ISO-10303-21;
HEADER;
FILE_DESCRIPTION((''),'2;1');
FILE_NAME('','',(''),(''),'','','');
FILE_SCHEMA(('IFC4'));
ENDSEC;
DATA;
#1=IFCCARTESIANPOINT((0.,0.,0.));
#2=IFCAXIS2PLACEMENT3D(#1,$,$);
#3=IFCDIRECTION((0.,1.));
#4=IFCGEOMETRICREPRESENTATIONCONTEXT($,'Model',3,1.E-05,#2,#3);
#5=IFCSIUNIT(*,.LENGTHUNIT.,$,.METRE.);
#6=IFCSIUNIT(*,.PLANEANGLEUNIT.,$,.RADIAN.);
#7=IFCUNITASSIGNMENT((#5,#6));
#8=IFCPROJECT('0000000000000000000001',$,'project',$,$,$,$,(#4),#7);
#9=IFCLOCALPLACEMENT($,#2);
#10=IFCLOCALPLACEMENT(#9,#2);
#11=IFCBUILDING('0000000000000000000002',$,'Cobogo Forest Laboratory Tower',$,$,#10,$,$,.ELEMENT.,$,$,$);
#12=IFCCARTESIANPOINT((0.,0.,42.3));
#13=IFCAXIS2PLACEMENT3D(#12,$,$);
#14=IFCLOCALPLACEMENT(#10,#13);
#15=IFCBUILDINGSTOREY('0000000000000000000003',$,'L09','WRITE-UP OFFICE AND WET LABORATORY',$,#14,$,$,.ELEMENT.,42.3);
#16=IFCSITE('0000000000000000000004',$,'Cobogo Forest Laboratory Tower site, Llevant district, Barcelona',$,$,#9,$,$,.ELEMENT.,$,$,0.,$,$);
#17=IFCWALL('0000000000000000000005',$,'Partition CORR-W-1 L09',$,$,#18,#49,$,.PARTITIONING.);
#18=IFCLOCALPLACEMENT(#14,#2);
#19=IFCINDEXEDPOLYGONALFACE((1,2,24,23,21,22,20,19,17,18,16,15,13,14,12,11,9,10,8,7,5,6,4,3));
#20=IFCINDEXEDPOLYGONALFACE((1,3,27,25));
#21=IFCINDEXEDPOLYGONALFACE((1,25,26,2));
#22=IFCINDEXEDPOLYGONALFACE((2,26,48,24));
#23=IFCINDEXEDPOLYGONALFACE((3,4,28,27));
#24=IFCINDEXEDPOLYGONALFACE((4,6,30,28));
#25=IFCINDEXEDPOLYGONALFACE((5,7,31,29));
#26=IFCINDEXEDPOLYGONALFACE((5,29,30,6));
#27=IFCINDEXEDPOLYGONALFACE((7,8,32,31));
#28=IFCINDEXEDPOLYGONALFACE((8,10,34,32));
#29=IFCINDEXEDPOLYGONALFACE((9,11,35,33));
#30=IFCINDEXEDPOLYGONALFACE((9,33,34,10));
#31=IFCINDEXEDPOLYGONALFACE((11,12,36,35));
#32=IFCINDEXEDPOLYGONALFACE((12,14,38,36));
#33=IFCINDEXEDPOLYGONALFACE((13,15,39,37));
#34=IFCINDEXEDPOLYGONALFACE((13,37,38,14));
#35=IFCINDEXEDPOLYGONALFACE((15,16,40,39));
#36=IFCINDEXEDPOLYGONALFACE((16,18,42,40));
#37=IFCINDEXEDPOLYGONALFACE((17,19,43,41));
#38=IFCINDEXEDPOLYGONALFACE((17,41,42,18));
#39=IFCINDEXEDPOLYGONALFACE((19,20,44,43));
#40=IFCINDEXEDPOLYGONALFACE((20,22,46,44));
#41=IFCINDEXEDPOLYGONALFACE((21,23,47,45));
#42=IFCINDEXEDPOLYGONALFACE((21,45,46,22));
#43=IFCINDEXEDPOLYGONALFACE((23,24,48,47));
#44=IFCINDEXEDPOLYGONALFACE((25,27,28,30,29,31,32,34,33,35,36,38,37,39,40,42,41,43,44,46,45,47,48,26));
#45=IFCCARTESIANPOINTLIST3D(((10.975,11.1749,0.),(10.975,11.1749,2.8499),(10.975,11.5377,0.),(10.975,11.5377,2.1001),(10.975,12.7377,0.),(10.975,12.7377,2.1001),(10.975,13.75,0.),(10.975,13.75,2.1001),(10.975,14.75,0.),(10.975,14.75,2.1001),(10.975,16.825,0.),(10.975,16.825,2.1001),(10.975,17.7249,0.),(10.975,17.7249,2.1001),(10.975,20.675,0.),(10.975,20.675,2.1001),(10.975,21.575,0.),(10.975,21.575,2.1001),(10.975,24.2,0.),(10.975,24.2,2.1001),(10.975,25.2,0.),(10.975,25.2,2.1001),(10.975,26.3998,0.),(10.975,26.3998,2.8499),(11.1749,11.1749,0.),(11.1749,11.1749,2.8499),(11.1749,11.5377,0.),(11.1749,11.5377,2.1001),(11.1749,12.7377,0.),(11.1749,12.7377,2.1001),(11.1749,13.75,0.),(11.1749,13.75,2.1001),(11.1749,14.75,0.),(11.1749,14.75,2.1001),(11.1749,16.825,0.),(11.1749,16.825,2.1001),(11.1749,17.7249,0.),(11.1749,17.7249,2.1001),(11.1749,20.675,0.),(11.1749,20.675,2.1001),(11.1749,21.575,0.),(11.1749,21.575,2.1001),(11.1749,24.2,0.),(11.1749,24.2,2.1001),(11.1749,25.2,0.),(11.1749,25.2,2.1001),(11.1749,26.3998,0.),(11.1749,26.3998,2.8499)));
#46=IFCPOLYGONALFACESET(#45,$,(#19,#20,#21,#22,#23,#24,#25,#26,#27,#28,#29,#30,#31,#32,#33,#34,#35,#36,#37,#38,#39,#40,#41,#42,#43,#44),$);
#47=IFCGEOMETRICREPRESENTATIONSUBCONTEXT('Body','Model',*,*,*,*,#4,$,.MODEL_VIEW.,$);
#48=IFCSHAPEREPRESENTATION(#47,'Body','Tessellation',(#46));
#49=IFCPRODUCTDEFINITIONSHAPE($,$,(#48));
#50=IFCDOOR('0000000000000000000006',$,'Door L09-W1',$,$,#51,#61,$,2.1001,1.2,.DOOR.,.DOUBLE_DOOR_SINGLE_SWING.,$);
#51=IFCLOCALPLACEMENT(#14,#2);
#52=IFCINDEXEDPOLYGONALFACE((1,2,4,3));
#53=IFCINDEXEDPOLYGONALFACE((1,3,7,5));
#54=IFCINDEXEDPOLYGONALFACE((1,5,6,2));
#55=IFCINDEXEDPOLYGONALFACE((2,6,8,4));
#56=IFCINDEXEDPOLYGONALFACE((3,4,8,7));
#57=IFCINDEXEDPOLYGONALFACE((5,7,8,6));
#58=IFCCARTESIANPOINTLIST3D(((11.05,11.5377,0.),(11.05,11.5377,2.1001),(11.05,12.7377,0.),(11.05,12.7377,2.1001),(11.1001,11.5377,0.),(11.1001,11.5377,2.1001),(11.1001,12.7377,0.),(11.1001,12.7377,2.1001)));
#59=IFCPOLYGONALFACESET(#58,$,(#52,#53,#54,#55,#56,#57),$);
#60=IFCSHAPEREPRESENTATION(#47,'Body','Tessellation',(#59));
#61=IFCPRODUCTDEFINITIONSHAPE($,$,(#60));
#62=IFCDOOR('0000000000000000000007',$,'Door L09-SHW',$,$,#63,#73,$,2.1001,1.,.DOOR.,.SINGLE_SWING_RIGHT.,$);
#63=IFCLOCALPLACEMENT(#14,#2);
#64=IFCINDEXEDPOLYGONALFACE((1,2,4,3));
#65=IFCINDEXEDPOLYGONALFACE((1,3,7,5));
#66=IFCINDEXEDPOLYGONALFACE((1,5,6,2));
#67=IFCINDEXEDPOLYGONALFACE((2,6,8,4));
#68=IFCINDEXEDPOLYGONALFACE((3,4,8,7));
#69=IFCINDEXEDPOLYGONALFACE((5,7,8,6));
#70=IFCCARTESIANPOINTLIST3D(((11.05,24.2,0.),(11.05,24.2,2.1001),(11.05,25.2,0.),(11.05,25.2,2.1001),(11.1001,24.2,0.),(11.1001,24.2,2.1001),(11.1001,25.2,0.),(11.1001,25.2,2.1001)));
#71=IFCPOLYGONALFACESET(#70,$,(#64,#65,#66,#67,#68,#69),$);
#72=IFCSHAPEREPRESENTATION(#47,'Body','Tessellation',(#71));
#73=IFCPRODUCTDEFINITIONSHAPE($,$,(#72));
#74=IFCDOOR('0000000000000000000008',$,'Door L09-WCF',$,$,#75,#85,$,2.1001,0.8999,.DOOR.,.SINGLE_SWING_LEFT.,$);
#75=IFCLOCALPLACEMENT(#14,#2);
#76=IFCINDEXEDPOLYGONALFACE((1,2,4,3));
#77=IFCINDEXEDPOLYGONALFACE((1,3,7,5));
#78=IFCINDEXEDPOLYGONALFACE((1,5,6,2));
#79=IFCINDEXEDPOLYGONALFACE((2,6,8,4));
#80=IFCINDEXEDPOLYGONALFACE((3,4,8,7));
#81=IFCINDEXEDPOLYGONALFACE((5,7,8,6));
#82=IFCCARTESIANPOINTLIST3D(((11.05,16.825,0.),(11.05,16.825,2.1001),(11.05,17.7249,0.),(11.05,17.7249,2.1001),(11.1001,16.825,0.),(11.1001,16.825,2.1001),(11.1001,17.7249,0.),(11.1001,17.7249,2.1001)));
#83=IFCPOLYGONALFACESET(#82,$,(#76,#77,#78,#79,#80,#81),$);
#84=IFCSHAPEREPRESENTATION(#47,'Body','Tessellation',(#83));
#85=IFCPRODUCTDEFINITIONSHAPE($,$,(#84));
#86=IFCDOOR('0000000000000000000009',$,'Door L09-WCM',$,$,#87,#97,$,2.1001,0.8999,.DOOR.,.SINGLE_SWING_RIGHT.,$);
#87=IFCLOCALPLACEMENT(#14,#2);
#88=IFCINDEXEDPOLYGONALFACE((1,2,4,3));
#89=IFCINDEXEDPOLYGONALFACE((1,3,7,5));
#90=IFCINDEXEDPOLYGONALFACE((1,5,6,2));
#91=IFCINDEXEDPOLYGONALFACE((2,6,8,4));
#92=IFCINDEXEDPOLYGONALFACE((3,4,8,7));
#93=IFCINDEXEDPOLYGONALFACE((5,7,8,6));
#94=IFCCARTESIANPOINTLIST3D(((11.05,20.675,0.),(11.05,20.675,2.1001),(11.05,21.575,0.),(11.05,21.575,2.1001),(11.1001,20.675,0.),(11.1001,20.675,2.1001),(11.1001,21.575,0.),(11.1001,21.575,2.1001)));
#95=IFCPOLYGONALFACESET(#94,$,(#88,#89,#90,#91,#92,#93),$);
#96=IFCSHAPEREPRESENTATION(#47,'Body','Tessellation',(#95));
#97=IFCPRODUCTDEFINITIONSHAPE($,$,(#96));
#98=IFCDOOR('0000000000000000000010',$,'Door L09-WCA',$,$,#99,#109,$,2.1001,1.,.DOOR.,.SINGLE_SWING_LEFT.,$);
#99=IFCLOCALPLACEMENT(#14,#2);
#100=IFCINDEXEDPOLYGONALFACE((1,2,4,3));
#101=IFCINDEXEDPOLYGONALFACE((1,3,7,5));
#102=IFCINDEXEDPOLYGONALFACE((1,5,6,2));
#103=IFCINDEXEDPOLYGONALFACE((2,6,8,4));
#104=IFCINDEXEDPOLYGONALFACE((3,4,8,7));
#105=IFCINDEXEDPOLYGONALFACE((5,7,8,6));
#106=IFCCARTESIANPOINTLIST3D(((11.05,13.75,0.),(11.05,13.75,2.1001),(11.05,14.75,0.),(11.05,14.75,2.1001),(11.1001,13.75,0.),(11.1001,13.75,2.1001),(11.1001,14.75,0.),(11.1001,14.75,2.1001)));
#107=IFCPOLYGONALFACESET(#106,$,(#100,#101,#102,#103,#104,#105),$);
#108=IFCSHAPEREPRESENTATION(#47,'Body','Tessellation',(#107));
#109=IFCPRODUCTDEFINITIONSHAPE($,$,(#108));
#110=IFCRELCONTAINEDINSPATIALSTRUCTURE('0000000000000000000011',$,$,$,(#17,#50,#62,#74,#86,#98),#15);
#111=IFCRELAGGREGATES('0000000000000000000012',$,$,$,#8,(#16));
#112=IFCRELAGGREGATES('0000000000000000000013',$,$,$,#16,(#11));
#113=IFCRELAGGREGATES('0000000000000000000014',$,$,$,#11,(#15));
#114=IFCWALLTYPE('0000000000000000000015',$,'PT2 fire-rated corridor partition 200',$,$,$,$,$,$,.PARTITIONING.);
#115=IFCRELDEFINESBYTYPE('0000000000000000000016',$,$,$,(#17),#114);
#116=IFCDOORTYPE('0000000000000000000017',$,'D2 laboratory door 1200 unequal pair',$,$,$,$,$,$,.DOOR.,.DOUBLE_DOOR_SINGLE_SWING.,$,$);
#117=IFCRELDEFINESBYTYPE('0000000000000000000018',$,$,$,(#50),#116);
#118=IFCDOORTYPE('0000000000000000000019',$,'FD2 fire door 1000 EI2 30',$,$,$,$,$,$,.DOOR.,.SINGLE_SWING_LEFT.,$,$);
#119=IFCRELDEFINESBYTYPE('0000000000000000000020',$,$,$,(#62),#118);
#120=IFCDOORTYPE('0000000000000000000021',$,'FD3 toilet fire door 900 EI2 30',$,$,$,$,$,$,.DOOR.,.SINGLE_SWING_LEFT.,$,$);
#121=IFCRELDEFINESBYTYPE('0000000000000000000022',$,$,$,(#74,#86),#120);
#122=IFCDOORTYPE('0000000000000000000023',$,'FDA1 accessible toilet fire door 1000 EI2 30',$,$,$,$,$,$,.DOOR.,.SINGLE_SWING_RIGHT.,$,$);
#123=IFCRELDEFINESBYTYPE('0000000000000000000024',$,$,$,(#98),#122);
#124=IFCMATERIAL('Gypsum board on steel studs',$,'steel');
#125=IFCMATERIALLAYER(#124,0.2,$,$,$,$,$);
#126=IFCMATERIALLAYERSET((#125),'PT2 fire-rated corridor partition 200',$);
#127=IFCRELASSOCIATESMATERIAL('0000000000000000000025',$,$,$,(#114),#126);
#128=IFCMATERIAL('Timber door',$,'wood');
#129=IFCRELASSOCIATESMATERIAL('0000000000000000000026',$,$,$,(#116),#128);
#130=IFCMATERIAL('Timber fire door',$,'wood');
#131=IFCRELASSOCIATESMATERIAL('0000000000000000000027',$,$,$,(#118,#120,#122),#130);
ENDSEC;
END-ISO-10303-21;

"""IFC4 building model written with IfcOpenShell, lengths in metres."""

from ifc_helpers import new_model, si_unit, direction, frame, frame_2d, origin, place, context, subcontext, project, spatial, rectangle, extrude, material, layer, layer_set, type_object, element, fill, save


model = new_model("IFC4")

# Units and contexts
model_context = context("Model", 3, precision=1e-05, world=origin(), true_north=direction((0.0, 1.0)))
body_context = subcontext(model_context, "Body", "Model", "MODEL_VIEW")
ifc_project = project(units=[si_unit("LENGTHUNIT", "METRE"), si_unit("PLANEANGLEUNIT", "RADIAN")], contexts=[model_context])

# Site, building, storey
site_placement = place(None, origin())
site = spatial("IfcSite", under=ifc_project, at=site_placement, Name="Cobogo Forest Laboratory Tower site, Llevant district, Barcelona", CompositionType="ELEMENT", RefElevation=0.0)
building_placement = place(site_placement, origin())
building = spatial("IfcBuilding", under=site, at=building_placement, Name="Cobogo Forest Laboratory Tower", CompositionType="ELEMENT")
storey_placement = place(building_placement, frame((0.0, 0.0, 42.3)))
storey = spatial("IfcBuildingStorey", under=building, at=storey_placement, Name="L09", Description="WRITE-UP OFFICE AND WET LABORATORY", CompositionType="ELEMENT", Elevation=42.3)

# Shared definitions
ifc_material_1 = material(Name="Gypsum board on steel studs", Category="steel")

# Wall, openings, doors
ifc_layer_1 = layer(ifc_material_1, 0.2)
ifc_layer_set_1 = layer_set([ifc_layer_1], Name="PT2 fire-rated corridor partition 200")
wall_type_1 = type_object("IfcWallType", Name="PT2 fire-rated corridor partition 200", PredefinedType="PARTITIONING", material=ifc_layer_set_1)
ifc_material_2 = material(Name="Timber door", Category="wood")
door_type_1 = type_object("IfcDoorType", Name="D2 laboratory door 1200 unequal pair", OperationType="DOUBLE_DOOR_SINGLE_SWING", PredefinedType="DOOR", material=ifc_material_2)
ifc_material_3 = material(Name="Timber fire door", Category="wood")
door_type_2 = type_object("IfcDoorType", Name="FD2 fire door 1000 EI2 30", OperationType="SINGLE_SWING_LEFT", PredefinedType="DOOR", material=ifc_material_3)
wall_1_placement = place(storey_placement, frame((11.075, 11.175, 0.0), z_axis=(0.0, 0.0, 1.0), x_axis=(0.0, 1.0, 0.0)))
wall_1 = element("IfcWall", 1, at=wall_1_placement, inside=storey, type_object=wall_type_1, Name="Partition CORR-W-1 L09", PredefinedType="PARTITIONING", context=body_context, shape_type="SweptSolid", body=[
    extrude(rectangle(XDim=15.2249, YDim=0.2, at=frame_2d((7.6123, 0.0))), origin(), (0.0, 0.0, 1.0), 2.8499),
])
opening_1_placement = place(wall_1_placement, frame((0.3625, 0.0, 0.0)))
opening_1 = element("IfcOpeningElement", 2, at=opening_1_placement, cuts=wall_1, PredefinedType="OPENING", context=body_context, shape_type="SweptSolid", body=[
    extrude(rectangle(XDim=1.2, YDim=2.1001, at=frame_2d((0.6001, 1.05))), frame((0.0, 0.1099, 0.0), z_axis=(0.0, -1.0, 0.0), x_axis=(1.0, 0.0, 0.0)), (0.0, 0.0, 1.0), 0.22),
])
opening_2_placement = place(wall_1_placement, frame((2.575, 0.0, 0.0)))
opening_2 = element("IfcOpeningElement", 3, at=opening_2_placement, cuts=wall_1, PredefinedType="OPENING", context=body_context, shape_type="SweptSolid", body=[
    extrude(rectangle(XDim=1.0, YDim=2.1001, at=frame_2d((0.5, 1.05))), frame((0.0, 0.1099, 0.0), z_axis=(0.0, -1.0, 0.0), x_axis=(1.0, 0.0, 0.0)), (0.0, 0.0, 1.0), 0.22),
])
opening_3_placement = place(wall_1_placement, frame((5.6499, 0.0, 0.0)))
opening_3 = element("IfcOpeningElement", 4, at=opening_3_placement, cuts=wall_1, PredefinedType="OPENING", context=body_context, shape_type="SweptSolid", body=[
    extrude(rectangle(XDim=0.8999, YDim=2.1001, at=frame_2d((0.45, 1.05))), frame((0.0, 0.1099, 0.0), z_axis=(0.0, -1.0, 0.0), x_axis=(1.0, 0.0, 0.0)), (0.0, 0.0, 1.0), 0.22),
])
opening_4_placement = place(wall_1_placement, frame((9.5, 0.0, 0.0)))
opening_4 = element("IfcOpeningElement", 5, at=opening_4_placement, cuts=wall_1, PredefinedType="OPENING", context=body_context, shape_type="SweptSolid", body=[
    extrude(rectangle(XDim=0.8999, YDim=2.1001, at=frame_2d((0.45, 1.05))), frame((0.0, 0.1099, 0.0), z_axis=(0.0, -1.0, 0.0), x_axis=(1.0, 0.0, 0.0)), (0.0, 0.0, 1.0), 0.22),
])
opening_5_placement = place(wall_1_placement, frame((13.0249, 0.0, 0.0)))
opening_5 = element("IfcOpeningElement", 6, at=opening_5_placement, cuts=wall_1, PredefinedType="OPENING", context=body_context, shape_type="SweptSolid", body=[
    extrude(rectangle(XDim=1.0, YDim=2.1001, at=frame_2d((0.5, 1.05))), frame((0.0, 0.1099, 0.0), z_axis=(0.0, -1.0, 0.0), x_axis=(1.0, 0.0, 0.0)), (0.0, 0.0, 1.0), 0.22),
])
door_1_placement = place(opening_1_placement, origin())
door_1 = element("IfcDoor", 7, at=door_1_placement, inside=storey, type_object=door_type_1, Name="Door L09-W1", OperationType="DOUBLE_DOOR_SINGLE_SWING", OverallHeight=2.1001, OverallWidth=1.2, PredefinedType="DOOR", context=body_context, shape_type="SweptSolid", body=[
    extrude(rectangle(XDim=1.2, YDim=2.1001, at=frame_2d((0.6001, 1.05))), frame((0.0, 0.0249, 0.0), z_axis=(0.0, -1.0, 0.0), x_axis=(1.0, 0.0, 0.0)), (0.0, 0.0, 1.0), 0.05),
])
fill(opening_1, door_1)
door_2_placement = place(opening_5_placement, origin())
door_2 = element("IfcDoor", 8, at=door_2_placement, inside=storey, type_object=door_type_2, Name="Door L09-SHW", OperationType="SINGLE_SWING_RIGHT", OverallHeight=2.1001, OverallWidth=1.0, PredefinedType="DOOR", context=body_context, shape_type="SweptSolid", body=[
    extrude(rectangle(XDim=1.0, YDim=2.1001, at=frame_2d((0.5, 1.05))), frame((0.0, 0.0249, 0.0), z_axis=(0.0, -1.0, 0.0), x_axis=(1.0, 0.0, 0.0)), (0.0, 0.0, 1.0), 0.05),
])
fill(opening_5, door_2)
door_type_3 = type_object("IfcDoorType", Name="FD3 toilet fire door 900 EI2 30", OperationType="SINGLE_SWING_LEFT", PredefinedType="DOOR", material=ifc_material_3)
door_3_placement = place(opening_3_placement, origin())
door_3 = element("IfcDoor", 9, at=door_3_placement, inside=storey, type_object=door_type_3, Name="Door L09-WCF", OperationType="SINGLE_SWING_LEFT", OverallHeight=2.1001, OverallWidth=0.8999, PredefinedType="DOOR", context=body_context, shape_type="SweptSolid", body=[
    extrude(rectangle(XDim=0.8999, YDim=2.1001, at=frame_2d((0.45, 1.05))), frame((0.0, 0.0249, 0.0), z_axis=(0.0, -1.0, 0.0), x_axis=(1.0, 0.0, 0.0)), (0.0, 0.0, 1.0), 0.05),
])
fill(opening_3, door_3)
door_4_placement = place(opening_4_placement, origin())
door_4 = element("IfcDoor", 10, at=door_4_placement, inside=storey, type_object=door_type_3, Name="Door L09-WCM", OperationType="SINGLE_SWING_RIGHT", OverallHeight=2.1001, OverallWidth=0.8999, PredefinedType="DOOR", context=body_context, shape_type="SweptSolid", body=[
    extrude(rectangle(XDim=0.8999, YDim=2.1001, at=frame_2d((0.45, 1.05))), frame((0.0, 0.0249, 0.0), z_axis=(0.0, -1.0, 0.0), x_axis=(1.0, 0.0, 0.0)), (0.0, 0.0, 1.0), 0.05),
])
fill(opening_4, door_4)
door_type_4 = type_object("IfcDoorType", Name="FDA1 accessible toilet fire door 1000 EI2 30", OperationType="SINGLE_SWING_RIGHT", PredefinedType="DOOR", material=ifc_material_3)
door_5_placement = place(opening_2_placement, origin())
door_5 = element("IfcDoor", 11, at=door_5_placement, inside=storey, type_object=door_type_4, Name="Door L09-WCA", OperationType="SINGLE_SWING_LEFT", OverallHeight=2.1001, OverallWidth=1.0, PredefinedType="DOOR", context=body_context, shape_type="SweptSolid", body=[
    extrude(rectangle(XDim=1.0, YDim=2.1001, at=frame_2d((0.5, 1.05))), frame((0.0, 0.0249, 0.0), z_axis=(0.0, -1.0, 0.0), x_axis=(1.0, 0.0, 0.0)), (0.0, 0.0, 1.0), 0.05),
])
fill(opening_2, door_5)

save(model, "model.ifc")
